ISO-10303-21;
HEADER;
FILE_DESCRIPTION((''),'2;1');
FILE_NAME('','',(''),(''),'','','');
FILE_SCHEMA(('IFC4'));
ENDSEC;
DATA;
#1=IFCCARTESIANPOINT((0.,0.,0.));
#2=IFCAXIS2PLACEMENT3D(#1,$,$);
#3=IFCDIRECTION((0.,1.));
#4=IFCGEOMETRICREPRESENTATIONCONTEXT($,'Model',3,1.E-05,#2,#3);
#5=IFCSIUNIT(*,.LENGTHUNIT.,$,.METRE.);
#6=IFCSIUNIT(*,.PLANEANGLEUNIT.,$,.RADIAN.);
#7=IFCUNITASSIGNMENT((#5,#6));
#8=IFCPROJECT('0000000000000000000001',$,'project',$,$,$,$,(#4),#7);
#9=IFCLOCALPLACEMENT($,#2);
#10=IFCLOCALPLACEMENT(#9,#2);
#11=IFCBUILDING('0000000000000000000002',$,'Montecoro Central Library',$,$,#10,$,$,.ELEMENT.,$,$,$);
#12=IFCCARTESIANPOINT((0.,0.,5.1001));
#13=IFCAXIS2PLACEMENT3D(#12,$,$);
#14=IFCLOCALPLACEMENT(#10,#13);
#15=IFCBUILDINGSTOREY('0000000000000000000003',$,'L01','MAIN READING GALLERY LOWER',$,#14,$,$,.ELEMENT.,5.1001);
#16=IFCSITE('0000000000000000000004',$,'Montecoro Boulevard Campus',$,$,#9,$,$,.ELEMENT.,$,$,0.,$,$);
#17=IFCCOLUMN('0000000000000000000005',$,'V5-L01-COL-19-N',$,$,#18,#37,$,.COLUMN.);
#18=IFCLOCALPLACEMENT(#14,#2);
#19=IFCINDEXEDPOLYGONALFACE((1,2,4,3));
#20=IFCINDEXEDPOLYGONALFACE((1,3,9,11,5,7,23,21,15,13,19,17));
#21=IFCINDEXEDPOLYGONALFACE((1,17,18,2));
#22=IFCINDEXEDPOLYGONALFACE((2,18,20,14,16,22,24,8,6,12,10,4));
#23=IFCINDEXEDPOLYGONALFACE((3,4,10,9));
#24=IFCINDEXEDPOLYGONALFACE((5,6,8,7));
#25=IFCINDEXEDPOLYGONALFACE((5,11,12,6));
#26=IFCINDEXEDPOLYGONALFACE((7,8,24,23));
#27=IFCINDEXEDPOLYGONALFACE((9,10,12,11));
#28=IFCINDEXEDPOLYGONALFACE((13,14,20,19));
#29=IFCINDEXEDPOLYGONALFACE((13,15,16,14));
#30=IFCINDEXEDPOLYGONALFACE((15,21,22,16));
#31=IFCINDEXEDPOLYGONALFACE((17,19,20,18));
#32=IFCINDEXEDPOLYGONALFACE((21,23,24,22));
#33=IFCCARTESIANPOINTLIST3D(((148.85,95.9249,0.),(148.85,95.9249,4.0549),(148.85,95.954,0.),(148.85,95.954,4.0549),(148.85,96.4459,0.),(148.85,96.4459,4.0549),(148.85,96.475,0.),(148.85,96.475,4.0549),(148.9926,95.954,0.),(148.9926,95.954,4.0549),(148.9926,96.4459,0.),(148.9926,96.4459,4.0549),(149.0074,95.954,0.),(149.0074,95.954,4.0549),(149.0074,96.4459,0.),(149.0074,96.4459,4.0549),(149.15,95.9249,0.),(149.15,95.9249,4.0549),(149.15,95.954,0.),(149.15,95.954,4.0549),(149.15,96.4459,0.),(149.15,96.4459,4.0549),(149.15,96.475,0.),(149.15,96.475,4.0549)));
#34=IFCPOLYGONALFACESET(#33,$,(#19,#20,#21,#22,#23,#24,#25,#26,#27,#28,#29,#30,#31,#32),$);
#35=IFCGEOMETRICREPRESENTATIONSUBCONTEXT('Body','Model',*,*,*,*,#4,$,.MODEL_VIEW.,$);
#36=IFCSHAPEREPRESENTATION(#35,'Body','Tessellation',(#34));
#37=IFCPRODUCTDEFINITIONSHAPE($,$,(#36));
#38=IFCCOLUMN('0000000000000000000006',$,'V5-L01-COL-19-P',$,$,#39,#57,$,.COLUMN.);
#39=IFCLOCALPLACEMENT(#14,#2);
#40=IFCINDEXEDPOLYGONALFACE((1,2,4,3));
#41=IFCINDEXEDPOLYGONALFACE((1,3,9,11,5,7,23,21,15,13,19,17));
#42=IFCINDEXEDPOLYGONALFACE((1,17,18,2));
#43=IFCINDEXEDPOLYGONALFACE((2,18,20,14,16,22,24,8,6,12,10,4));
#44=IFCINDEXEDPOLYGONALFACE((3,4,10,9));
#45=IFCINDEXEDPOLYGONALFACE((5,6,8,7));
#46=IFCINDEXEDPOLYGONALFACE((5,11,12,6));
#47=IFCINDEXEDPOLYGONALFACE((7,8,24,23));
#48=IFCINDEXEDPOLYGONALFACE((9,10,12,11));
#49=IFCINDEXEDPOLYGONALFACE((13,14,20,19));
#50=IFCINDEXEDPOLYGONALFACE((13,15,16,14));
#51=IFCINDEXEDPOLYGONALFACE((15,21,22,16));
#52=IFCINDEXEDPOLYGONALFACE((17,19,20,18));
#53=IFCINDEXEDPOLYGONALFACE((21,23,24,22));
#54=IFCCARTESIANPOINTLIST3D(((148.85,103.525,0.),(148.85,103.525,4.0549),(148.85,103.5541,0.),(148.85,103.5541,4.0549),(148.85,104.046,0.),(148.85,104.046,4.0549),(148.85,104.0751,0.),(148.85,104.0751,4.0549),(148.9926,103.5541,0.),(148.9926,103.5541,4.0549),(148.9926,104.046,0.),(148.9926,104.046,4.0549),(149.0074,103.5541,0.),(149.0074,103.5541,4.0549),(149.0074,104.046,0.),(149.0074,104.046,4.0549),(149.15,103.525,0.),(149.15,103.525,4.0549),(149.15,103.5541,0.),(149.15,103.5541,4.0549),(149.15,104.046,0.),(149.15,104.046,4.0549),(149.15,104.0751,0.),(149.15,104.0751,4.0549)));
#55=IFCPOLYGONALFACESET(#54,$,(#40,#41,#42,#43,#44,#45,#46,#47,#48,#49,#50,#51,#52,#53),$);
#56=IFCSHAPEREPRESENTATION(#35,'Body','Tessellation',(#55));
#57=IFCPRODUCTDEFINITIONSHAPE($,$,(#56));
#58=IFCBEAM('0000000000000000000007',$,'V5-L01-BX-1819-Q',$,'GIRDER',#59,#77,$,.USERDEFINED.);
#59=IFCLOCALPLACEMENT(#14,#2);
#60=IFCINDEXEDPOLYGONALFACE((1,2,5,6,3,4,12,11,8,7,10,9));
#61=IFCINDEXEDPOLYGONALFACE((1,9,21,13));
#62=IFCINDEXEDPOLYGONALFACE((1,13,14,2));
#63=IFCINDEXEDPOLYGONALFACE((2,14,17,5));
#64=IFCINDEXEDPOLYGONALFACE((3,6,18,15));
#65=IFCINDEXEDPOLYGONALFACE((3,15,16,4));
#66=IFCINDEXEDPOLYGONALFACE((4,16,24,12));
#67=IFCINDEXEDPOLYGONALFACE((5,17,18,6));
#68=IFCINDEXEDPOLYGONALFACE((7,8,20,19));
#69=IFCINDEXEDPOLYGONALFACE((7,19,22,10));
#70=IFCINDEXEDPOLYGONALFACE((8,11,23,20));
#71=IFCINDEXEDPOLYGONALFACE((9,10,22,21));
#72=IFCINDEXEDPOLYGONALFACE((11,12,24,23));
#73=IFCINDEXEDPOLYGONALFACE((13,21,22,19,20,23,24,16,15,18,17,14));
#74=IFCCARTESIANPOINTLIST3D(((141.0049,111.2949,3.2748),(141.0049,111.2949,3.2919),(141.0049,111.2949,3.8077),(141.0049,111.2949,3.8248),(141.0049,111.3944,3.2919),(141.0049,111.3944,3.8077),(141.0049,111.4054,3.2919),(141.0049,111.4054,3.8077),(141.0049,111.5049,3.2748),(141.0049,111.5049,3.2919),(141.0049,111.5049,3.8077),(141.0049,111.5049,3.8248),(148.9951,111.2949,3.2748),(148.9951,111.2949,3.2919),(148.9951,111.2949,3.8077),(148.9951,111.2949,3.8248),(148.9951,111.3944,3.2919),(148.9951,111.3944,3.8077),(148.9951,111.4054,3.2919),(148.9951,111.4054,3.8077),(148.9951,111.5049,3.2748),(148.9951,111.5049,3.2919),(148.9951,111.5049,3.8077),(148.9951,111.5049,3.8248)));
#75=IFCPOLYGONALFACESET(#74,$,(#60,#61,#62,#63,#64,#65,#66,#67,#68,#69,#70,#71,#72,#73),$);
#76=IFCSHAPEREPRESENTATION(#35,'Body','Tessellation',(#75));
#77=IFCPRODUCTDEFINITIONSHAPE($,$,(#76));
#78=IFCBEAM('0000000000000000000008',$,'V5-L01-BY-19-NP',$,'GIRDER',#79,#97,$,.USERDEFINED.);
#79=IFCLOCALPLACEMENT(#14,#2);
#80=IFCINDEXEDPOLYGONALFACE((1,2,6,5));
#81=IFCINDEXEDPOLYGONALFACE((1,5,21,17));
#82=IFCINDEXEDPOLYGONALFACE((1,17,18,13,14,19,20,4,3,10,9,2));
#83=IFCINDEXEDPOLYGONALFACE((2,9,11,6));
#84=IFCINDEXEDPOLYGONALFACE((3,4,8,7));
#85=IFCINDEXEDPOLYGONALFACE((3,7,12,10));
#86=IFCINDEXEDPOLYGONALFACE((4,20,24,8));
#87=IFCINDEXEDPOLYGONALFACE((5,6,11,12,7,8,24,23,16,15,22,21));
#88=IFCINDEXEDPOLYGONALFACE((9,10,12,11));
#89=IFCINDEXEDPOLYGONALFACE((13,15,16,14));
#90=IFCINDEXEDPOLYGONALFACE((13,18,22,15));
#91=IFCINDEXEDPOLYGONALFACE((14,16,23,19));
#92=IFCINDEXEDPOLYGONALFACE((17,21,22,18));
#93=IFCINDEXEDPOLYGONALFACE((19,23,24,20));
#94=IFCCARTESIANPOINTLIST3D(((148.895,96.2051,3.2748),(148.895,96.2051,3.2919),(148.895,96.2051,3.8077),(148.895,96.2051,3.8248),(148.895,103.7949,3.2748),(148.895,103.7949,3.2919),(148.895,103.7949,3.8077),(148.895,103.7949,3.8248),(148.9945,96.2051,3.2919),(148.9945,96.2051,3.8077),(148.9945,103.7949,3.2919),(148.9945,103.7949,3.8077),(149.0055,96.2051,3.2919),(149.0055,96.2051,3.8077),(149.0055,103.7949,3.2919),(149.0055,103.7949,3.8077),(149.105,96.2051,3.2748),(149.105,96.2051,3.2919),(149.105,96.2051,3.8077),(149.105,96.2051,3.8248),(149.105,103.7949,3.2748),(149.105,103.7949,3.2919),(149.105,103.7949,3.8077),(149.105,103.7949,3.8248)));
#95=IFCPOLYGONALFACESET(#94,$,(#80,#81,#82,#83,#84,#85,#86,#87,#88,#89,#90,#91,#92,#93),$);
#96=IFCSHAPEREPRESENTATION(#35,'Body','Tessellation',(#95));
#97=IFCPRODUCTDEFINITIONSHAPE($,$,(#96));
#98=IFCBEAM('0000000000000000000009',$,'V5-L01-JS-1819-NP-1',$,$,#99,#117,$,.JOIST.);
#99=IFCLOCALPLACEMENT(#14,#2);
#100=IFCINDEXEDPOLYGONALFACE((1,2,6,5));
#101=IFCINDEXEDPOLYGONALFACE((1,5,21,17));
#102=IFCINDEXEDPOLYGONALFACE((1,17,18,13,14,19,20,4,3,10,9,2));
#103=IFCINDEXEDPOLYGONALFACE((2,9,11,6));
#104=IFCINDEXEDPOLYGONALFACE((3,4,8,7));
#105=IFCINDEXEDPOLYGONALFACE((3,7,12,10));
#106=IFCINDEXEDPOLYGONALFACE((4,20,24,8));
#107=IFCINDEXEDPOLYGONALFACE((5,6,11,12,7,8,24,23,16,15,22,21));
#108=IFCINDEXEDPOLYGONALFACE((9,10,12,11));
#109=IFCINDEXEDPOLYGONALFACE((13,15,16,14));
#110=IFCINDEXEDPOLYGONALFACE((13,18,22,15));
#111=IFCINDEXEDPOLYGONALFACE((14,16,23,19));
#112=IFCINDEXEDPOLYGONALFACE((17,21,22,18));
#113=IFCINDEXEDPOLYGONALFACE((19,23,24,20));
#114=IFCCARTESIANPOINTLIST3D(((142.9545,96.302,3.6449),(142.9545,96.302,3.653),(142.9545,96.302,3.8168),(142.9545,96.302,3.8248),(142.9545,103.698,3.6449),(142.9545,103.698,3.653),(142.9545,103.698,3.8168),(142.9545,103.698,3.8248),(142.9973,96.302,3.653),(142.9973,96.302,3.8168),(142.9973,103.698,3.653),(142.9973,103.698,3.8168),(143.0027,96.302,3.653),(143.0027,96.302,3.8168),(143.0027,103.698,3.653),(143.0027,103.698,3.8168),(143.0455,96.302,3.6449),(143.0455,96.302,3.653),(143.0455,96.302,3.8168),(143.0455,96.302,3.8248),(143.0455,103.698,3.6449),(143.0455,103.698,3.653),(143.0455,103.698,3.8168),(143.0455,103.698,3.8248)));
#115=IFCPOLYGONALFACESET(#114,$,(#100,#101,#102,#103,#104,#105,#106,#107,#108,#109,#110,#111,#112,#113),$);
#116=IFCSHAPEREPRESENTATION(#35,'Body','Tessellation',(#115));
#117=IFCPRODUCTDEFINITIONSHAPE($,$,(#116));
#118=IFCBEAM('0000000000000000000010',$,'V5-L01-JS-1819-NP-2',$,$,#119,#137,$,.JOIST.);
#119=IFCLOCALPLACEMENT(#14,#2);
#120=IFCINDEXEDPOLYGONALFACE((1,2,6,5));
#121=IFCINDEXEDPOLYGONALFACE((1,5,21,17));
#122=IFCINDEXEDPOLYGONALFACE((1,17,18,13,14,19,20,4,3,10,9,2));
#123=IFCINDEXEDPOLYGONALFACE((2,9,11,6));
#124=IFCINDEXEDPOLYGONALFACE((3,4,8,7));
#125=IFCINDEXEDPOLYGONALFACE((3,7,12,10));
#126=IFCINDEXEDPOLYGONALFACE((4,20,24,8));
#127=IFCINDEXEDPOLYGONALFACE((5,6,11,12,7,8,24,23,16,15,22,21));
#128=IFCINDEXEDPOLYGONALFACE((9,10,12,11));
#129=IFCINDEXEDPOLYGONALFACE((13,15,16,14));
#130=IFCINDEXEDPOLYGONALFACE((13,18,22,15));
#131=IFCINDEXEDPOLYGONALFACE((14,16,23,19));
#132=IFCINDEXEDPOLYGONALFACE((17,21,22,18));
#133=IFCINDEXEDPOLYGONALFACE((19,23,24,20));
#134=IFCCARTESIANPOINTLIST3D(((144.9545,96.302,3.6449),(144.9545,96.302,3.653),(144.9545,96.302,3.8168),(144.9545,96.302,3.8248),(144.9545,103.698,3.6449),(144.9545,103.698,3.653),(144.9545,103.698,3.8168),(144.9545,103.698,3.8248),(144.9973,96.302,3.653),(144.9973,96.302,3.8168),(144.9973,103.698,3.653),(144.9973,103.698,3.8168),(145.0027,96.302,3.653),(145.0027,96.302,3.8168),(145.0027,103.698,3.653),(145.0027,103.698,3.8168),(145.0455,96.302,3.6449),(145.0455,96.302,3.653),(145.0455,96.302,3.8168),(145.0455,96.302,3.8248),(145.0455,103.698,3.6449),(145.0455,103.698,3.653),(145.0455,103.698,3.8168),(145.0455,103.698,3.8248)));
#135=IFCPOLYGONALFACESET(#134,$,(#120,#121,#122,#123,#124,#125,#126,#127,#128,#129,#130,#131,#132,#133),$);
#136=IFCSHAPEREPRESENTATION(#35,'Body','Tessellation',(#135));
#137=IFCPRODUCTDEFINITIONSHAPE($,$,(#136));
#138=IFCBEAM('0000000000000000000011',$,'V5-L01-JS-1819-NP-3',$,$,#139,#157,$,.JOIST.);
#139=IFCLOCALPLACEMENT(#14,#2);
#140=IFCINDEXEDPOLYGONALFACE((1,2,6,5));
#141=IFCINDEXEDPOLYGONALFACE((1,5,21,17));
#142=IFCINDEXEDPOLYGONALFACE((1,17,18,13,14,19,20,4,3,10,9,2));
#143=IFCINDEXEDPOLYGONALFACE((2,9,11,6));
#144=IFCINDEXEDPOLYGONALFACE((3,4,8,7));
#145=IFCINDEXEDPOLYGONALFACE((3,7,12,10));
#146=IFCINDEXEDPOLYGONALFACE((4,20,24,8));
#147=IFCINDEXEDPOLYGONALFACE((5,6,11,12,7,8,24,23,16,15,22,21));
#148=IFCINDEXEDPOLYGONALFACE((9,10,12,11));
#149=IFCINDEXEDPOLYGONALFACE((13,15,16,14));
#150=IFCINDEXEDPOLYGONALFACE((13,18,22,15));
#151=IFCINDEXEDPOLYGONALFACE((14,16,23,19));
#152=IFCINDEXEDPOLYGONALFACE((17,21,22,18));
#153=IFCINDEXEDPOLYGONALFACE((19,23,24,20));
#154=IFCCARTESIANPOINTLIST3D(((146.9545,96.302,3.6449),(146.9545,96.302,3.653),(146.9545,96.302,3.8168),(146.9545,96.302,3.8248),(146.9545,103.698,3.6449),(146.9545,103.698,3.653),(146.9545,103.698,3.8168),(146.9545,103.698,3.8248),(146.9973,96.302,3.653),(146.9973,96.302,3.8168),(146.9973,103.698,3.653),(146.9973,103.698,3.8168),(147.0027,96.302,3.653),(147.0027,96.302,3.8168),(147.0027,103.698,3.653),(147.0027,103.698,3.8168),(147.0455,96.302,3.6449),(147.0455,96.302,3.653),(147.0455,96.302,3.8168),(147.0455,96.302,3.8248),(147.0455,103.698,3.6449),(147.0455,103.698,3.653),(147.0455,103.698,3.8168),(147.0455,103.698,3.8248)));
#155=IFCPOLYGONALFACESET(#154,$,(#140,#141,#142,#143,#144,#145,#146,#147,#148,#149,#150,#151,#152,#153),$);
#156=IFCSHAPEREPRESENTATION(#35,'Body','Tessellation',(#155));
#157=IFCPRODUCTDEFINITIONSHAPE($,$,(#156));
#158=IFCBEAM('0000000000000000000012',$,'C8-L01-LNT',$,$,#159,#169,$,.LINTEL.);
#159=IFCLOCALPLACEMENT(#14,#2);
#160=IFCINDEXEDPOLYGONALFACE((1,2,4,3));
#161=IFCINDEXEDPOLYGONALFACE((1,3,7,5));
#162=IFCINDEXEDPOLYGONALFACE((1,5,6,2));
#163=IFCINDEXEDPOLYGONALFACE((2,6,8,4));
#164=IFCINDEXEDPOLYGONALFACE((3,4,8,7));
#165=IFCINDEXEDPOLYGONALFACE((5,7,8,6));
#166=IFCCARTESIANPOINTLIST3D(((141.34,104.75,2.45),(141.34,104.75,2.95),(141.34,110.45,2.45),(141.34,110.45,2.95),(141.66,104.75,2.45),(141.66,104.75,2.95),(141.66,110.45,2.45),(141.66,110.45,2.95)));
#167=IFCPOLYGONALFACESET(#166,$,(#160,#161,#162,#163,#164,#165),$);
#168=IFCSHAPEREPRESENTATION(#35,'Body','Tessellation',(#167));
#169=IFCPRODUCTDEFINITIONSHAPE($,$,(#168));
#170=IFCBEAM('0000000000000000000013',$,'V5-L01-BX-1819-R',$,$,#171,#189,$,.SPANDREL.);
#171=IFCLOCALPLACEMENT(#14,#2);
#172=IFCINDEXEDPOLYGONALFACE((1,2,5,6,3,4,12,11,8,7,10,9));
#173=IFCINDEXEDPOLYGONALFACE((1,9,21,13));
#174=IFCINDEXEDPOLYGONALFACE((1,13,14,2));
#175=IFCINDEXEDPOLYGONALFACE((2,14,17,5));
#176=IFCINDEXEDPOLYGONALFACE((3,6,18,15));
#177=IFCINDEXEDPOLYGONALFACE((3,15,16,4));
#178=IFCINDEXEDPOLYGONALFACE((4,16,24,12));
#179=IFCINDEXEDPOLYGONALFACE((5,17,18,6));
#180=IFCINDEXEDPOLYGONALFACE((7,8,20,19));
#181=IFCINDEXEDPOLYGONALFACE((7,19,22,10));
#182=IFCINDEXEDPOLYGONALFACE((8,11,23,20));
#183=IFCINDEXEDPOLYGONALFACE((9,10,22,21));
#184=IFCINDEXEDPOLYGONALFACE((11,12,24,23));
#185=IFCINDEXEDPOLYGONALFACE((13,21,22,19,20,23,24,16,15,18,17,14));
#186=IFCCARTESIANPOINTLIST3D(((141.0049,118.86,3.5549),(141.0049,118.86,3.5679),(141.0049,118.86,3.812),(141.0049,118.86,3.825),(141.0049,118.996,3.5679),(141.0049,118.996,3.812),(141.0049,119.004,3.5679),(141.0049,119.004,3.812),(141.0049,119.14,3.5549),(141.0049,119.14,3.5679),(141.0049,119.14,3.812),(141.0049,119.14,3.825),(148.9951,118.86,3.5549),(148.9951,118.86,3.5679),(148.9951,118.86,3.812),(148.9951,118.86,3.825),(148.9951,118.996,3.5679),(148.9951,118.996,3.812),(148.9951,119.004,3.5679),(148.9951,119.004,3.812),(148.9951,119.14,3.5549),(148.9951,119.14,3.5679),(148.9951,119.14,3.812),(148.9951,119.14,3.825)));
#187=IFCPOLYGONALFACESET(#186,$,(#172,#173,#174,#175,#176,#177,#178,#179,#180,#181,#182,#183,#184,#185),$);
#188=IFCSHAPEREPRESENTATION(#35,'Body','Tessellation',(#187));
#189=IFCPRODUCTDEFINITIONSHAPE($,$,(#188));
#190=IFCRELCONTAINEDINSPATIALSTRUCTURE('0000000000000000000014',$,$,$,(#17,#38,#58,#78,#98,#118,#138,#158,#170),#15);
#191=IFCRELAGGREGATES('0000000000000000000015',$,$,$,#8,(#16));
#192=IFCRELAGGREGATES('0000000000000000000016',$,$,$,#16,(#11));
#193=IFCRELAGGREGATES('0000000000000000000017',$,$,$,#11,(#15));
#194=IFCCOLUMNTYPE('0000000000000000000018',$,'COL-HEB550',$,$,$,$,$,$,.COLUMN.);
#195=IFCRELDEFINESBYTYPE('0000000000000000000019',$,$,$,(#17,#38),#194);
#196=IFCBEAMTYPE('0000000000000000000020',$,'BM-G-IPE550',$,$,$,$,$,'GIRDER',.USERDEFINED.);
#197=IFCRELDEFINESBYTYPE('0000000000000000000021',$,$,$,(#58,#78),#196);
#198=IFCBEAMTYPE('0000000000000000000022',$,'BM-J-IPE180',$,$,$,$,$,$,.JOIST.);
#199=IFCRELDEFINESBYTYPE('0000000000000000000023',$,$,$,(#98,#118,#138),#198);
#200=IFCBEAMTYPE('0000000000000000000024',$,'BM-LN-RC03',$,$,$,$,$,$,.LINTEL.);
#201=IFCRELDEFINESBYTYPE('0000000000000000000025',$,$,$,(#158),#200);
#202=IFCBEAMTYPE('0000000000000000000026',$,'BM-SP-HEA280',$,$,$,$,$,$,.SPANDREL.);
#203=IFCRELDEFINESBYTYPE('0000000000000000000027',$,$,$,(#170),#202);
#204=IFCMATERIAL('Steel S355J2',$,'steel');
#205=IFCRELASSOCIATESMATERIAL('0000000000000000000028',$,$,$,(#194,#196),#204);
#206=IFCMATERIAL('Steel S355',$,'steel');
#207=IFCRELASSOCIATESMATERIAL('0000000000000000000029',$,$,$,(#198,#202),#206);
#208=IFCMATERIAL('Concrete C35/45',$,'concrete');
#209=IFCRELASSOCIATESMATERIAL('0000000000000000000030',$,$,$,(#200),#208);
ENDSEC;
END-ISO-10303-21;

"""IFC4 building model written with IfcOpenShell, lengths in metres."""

from ifc_helpers import new_model, si_unit, direction, frame, origin, origin_2d, place, context, subcontext, project, spatial, rectangle, i_section, extrude, material, material_profile, profile_set, type_object, element, save


model = new_model("IFC4")

# Units and contexts
model_context = context("Model", 3, precision=1e-05, world=origin(), true_north=direction((0.0, 1.0)))
body_context = subcontext(model_context, "Body", "Model", "MODEL_VIEW")
ifc_project = project(units=[si_unit("LENGTHUNIT", "METRE"), si_unit("PLANEANGLEUNIT", "RADIAN")], contexts=[model_context])

# Site, building, storey
site_placement = place(None, origin())
site = spatial("IfcSite", under=ifc_project, at=site_placement, Name="Montecoro Boulevard Campus", CompositionType="ELEMENT", RefElevation=0.0)
building_placement = place(site_placement, origin())
building = spatial("IfcBuilding", under=site, at=building_placement, Name="Montecoro Central Library", CompositionType="ELEMENT")
storey_placement = place(building_placement, frame((0.0, 0.0, 5.1001)))
storey = spatial("IfcBuildingStorey", under=building, at=storey_placement, Name="L01", Description="MAIN READING GALLERY LOWER", CompositionType="ELEMENT", Elevation=5.1001)

# Columns
ifc_material_1 = material(Name="Steel S355J2", Category="steel")
ifc_material_profile_1 = material_profile(ifc_material_1, i_section(OverallWidth=0.3, OverallDepth=0.55, WebThickness=0.0149, FlangeThickness=0.0291, at=origin_2d()), Name="HEB 550")
ifc_profile_set_1 = profile_set([ifc_material_profile_1], Name="Steel S355J2")
column_type = type_object("IfcColumnType", Name="COL-HEB550", PredefinedType="COLUMN", material=ifc_profile_set_1)
for number, where, z_axis, x_axis, name in (
    (1, (149.0, 96.2, 0.0), (0.0, 0.0, 1.0), (1.0, 0.0, 0.0), "V5-L01-COL-19-N"),
    (2, (149.0, 103.8, 0.0), (0.0, 0.0, 1.0), (1.0, 0.0, 0.0), "V5-L01-COL-19-P"),
):
    element("IfcColumn", number, at=place(storey_placement, frame(where, z_axis=z_axis, x_axis=x_axis)), inside=storey, type_object=column_type, Name=name, PredefinedType="COLUMN", context=body_context, shape_type="SweptSolid", body=[
        extrude(i_section(OverallWidth=0.3, OverallDepth=0.55, WebThickness=0.0149, FlangeThickness=0.0291, at=origin_2d()), origin(), (0.0, 0.0, 1.0), 4.0549),
    ])

# Beams
ifc_material_profile_2 = material_profile(ifc_material_1, i_section(OverallWidth=0.21, OverallDepth=0.55, WebThickness=0.011, FlangeThickness=0.0171, at=origin_2d()), Name="IPE 550")
ifc_profile_set_2 = profile_set([ifc_material_profile_2], Name="Steel S355J2")
beam_type_1 = type_object("IfcBeamType", Name="BM-G-IPE550", ElementType="GIRDER", PredefinedType="USERDEFINED", material=ifc_profile_set_2)
beam_1_placement = place(storey_placement, frame((141.0049, 111.3999, 3.5498), z_axis=(1.0, 0.0, 0.0), x_axis=(0.0, 1.0, 0.0)))
element("IfcBeam", 3, at=beam_1_placement, inside=storey, type_object=beam_type_1, Name="V5-L01-BX-1819-Q", ObjectType="GIRDER", PredefinedType="USERDEFINED", context=body_context, shape_type="SweptSolid", body=[
    extrude(i_section(OverallWidth=0.21, OverallDepth=0.55, WebThickness=0.011, FlangeThickness=0.0171, at=origin_2d()), origin(), (0.0, 0.0, 1.0), 7.9902),
])
beam_2_placement = place(storey_placement, frame((149.0, 96.2051, 3.5498), z_axis=(0.0, 1.0, 0.0), x_axis=(-1.0, 0.0, 0.0)))
element("IfcBeam", 4, at=beam_2_placement, inside=storey, type_object=beam_type_1, Name="V5-L01-BY-19-NP", ObjectType="GIRDER", PredefinedType="USERDEFINED", context=body_context, shape_type="SweptSolid", body=[
    extrude(i_section(OverallWidth=0.21, OverallDepth=0.55, WebThickness=0.011, FlangeThickness=0.0171, at=origin_2d()), origin(), (0.0, 0.0, 1.0), 7.5898),
])
ifc_material_2 = material(Name="Steel S355", Category="steel")
ifc_material_profile_3 = material_profile(ifc_material_2, i_section(OverallWidth=0.0911, OverallDepth=0.1799, WebThickness=0.0054, FlangeThickness=0.0081, at=origin_2d()), Name="IPE 180")
ifc_profile_set_3 = profile_set([ifc_material_profile_3], Name="Steel S355")
beam_type_2 = type_object("IfcBeamType", Name="BM-J-IPE180", PredefinedType="JOIST", material=ifc_profile_set_3)
for number, where, z_axis, x_axis, name in (
    (5, (143.0, 96.302, 3.7349), (0.0, 1.0, 0.0), (-1.0, 0.0, 0.0), "V5-L01-JS-1819-NP-1"),
    (6, (145.0, 96.302, 3.7349), (0.0, 1.0, 0.0), (-1.0, 0.0, 0.0), "V5-L01-JS-1819-NP-2"),
    (7, (147.0, 96.302, 3.7349), (0.0, 1.0, 0.0), (-1.0, 0.0, 0.0), "V5-L01-JS-1819-NP-3"),
):
    element("IfcBeam", number, at=place(storey_placement, frame(where, z_axis=z_axis, x_axis=x_axis)), inside=storey, type_object=beam_type_2, Name=name, PredefinedType="JOIST", context=body_context, shape_type="SweptSolid", body=[
        extrude(i_section(OverallWidth=0.0911, OverallDepth=0.1799, WebThickness=0.0054, FlangeThickness=0.0081, at=origin_2d()), origin(), (0.0, 0.0, 1.0), 7.396),
    ])
ifc_material_3 = material(Name="Concrete C35/45", Category="concrete")
ifc_material_profile_4 = material_profile(ifc_material_3, rectangle(XDim=0.3201, YDim=0.5, at=origin_2d()), Name="RC LNT 500x320")
ifc_profile_set_4 = profile_set([ifc_material_profile_4], Name="Concrete C35/45")
beam_type_3 = type_object("IfcBeamType", Name="BM-LN-RC03", PredefinedType="LINTEL", material=ifc_profile_set_4)
beam_3_placement = place(storey_placement, frame((141.5, 104.75, 2.7), z_axis=(0.0, 1.0, 0.0), x_axis=(-1.0, 0.0, 0.0)))
element("IfcBeam", 8, at=beam_3_placement, inside=storey, type_object=beam_type_3, Name="C8-L01-LNT", PredefinedType="LINTEL", context=body_context, shape_type="SweptSolid", body=[
    extrude(rectangle(XDim=0.3201, YDim=0.5, at=origin_2d()), origin(), (0.0, 0.0, 1.0), 5.7),
])
ifc_material_profile_5 = material_profile(ifc_material_2, i_section(OverallWidth=0.28, OverallDepth=0.27, WebThickness=0.0081, FlangeThickness=0.0129, at=origin_2d()), Name="HEA 280")
ifc_profile_set_5 = profile_set([ifc_material_profile_5], Name="Steel S355")
beam_type_4 = type_object("IfcBeamType", Name="BM-SP-HEA280", PredefinedType="SPANDREL", material=ifc_profile_set_5)
beam_4_placement = place(storey_placement, frame((141.0049, 119.0, 3.6899), z_axis=(1.0, 0.0, 0.0), x_axis=(0.0, 1.0, 0.0)))
element("IfcBeam", 9, at=beam_4_placement, inside=storey, type_object=beam_type_4, Name="V5-L01-BX-1819-R", PredefinedType="SPANDREL", context=body_context, shape_type="SweptSolid", body=[
    extrude(i_section(OverallWidth=0.28, OverallDepth=0.27, WebThickness=0.0081, FlangeThickness=0.0129, at=origin_2d()), origin(), (0.0, 0.0, 1.0), 7.9902),
])

save(model, "model.ifc")
